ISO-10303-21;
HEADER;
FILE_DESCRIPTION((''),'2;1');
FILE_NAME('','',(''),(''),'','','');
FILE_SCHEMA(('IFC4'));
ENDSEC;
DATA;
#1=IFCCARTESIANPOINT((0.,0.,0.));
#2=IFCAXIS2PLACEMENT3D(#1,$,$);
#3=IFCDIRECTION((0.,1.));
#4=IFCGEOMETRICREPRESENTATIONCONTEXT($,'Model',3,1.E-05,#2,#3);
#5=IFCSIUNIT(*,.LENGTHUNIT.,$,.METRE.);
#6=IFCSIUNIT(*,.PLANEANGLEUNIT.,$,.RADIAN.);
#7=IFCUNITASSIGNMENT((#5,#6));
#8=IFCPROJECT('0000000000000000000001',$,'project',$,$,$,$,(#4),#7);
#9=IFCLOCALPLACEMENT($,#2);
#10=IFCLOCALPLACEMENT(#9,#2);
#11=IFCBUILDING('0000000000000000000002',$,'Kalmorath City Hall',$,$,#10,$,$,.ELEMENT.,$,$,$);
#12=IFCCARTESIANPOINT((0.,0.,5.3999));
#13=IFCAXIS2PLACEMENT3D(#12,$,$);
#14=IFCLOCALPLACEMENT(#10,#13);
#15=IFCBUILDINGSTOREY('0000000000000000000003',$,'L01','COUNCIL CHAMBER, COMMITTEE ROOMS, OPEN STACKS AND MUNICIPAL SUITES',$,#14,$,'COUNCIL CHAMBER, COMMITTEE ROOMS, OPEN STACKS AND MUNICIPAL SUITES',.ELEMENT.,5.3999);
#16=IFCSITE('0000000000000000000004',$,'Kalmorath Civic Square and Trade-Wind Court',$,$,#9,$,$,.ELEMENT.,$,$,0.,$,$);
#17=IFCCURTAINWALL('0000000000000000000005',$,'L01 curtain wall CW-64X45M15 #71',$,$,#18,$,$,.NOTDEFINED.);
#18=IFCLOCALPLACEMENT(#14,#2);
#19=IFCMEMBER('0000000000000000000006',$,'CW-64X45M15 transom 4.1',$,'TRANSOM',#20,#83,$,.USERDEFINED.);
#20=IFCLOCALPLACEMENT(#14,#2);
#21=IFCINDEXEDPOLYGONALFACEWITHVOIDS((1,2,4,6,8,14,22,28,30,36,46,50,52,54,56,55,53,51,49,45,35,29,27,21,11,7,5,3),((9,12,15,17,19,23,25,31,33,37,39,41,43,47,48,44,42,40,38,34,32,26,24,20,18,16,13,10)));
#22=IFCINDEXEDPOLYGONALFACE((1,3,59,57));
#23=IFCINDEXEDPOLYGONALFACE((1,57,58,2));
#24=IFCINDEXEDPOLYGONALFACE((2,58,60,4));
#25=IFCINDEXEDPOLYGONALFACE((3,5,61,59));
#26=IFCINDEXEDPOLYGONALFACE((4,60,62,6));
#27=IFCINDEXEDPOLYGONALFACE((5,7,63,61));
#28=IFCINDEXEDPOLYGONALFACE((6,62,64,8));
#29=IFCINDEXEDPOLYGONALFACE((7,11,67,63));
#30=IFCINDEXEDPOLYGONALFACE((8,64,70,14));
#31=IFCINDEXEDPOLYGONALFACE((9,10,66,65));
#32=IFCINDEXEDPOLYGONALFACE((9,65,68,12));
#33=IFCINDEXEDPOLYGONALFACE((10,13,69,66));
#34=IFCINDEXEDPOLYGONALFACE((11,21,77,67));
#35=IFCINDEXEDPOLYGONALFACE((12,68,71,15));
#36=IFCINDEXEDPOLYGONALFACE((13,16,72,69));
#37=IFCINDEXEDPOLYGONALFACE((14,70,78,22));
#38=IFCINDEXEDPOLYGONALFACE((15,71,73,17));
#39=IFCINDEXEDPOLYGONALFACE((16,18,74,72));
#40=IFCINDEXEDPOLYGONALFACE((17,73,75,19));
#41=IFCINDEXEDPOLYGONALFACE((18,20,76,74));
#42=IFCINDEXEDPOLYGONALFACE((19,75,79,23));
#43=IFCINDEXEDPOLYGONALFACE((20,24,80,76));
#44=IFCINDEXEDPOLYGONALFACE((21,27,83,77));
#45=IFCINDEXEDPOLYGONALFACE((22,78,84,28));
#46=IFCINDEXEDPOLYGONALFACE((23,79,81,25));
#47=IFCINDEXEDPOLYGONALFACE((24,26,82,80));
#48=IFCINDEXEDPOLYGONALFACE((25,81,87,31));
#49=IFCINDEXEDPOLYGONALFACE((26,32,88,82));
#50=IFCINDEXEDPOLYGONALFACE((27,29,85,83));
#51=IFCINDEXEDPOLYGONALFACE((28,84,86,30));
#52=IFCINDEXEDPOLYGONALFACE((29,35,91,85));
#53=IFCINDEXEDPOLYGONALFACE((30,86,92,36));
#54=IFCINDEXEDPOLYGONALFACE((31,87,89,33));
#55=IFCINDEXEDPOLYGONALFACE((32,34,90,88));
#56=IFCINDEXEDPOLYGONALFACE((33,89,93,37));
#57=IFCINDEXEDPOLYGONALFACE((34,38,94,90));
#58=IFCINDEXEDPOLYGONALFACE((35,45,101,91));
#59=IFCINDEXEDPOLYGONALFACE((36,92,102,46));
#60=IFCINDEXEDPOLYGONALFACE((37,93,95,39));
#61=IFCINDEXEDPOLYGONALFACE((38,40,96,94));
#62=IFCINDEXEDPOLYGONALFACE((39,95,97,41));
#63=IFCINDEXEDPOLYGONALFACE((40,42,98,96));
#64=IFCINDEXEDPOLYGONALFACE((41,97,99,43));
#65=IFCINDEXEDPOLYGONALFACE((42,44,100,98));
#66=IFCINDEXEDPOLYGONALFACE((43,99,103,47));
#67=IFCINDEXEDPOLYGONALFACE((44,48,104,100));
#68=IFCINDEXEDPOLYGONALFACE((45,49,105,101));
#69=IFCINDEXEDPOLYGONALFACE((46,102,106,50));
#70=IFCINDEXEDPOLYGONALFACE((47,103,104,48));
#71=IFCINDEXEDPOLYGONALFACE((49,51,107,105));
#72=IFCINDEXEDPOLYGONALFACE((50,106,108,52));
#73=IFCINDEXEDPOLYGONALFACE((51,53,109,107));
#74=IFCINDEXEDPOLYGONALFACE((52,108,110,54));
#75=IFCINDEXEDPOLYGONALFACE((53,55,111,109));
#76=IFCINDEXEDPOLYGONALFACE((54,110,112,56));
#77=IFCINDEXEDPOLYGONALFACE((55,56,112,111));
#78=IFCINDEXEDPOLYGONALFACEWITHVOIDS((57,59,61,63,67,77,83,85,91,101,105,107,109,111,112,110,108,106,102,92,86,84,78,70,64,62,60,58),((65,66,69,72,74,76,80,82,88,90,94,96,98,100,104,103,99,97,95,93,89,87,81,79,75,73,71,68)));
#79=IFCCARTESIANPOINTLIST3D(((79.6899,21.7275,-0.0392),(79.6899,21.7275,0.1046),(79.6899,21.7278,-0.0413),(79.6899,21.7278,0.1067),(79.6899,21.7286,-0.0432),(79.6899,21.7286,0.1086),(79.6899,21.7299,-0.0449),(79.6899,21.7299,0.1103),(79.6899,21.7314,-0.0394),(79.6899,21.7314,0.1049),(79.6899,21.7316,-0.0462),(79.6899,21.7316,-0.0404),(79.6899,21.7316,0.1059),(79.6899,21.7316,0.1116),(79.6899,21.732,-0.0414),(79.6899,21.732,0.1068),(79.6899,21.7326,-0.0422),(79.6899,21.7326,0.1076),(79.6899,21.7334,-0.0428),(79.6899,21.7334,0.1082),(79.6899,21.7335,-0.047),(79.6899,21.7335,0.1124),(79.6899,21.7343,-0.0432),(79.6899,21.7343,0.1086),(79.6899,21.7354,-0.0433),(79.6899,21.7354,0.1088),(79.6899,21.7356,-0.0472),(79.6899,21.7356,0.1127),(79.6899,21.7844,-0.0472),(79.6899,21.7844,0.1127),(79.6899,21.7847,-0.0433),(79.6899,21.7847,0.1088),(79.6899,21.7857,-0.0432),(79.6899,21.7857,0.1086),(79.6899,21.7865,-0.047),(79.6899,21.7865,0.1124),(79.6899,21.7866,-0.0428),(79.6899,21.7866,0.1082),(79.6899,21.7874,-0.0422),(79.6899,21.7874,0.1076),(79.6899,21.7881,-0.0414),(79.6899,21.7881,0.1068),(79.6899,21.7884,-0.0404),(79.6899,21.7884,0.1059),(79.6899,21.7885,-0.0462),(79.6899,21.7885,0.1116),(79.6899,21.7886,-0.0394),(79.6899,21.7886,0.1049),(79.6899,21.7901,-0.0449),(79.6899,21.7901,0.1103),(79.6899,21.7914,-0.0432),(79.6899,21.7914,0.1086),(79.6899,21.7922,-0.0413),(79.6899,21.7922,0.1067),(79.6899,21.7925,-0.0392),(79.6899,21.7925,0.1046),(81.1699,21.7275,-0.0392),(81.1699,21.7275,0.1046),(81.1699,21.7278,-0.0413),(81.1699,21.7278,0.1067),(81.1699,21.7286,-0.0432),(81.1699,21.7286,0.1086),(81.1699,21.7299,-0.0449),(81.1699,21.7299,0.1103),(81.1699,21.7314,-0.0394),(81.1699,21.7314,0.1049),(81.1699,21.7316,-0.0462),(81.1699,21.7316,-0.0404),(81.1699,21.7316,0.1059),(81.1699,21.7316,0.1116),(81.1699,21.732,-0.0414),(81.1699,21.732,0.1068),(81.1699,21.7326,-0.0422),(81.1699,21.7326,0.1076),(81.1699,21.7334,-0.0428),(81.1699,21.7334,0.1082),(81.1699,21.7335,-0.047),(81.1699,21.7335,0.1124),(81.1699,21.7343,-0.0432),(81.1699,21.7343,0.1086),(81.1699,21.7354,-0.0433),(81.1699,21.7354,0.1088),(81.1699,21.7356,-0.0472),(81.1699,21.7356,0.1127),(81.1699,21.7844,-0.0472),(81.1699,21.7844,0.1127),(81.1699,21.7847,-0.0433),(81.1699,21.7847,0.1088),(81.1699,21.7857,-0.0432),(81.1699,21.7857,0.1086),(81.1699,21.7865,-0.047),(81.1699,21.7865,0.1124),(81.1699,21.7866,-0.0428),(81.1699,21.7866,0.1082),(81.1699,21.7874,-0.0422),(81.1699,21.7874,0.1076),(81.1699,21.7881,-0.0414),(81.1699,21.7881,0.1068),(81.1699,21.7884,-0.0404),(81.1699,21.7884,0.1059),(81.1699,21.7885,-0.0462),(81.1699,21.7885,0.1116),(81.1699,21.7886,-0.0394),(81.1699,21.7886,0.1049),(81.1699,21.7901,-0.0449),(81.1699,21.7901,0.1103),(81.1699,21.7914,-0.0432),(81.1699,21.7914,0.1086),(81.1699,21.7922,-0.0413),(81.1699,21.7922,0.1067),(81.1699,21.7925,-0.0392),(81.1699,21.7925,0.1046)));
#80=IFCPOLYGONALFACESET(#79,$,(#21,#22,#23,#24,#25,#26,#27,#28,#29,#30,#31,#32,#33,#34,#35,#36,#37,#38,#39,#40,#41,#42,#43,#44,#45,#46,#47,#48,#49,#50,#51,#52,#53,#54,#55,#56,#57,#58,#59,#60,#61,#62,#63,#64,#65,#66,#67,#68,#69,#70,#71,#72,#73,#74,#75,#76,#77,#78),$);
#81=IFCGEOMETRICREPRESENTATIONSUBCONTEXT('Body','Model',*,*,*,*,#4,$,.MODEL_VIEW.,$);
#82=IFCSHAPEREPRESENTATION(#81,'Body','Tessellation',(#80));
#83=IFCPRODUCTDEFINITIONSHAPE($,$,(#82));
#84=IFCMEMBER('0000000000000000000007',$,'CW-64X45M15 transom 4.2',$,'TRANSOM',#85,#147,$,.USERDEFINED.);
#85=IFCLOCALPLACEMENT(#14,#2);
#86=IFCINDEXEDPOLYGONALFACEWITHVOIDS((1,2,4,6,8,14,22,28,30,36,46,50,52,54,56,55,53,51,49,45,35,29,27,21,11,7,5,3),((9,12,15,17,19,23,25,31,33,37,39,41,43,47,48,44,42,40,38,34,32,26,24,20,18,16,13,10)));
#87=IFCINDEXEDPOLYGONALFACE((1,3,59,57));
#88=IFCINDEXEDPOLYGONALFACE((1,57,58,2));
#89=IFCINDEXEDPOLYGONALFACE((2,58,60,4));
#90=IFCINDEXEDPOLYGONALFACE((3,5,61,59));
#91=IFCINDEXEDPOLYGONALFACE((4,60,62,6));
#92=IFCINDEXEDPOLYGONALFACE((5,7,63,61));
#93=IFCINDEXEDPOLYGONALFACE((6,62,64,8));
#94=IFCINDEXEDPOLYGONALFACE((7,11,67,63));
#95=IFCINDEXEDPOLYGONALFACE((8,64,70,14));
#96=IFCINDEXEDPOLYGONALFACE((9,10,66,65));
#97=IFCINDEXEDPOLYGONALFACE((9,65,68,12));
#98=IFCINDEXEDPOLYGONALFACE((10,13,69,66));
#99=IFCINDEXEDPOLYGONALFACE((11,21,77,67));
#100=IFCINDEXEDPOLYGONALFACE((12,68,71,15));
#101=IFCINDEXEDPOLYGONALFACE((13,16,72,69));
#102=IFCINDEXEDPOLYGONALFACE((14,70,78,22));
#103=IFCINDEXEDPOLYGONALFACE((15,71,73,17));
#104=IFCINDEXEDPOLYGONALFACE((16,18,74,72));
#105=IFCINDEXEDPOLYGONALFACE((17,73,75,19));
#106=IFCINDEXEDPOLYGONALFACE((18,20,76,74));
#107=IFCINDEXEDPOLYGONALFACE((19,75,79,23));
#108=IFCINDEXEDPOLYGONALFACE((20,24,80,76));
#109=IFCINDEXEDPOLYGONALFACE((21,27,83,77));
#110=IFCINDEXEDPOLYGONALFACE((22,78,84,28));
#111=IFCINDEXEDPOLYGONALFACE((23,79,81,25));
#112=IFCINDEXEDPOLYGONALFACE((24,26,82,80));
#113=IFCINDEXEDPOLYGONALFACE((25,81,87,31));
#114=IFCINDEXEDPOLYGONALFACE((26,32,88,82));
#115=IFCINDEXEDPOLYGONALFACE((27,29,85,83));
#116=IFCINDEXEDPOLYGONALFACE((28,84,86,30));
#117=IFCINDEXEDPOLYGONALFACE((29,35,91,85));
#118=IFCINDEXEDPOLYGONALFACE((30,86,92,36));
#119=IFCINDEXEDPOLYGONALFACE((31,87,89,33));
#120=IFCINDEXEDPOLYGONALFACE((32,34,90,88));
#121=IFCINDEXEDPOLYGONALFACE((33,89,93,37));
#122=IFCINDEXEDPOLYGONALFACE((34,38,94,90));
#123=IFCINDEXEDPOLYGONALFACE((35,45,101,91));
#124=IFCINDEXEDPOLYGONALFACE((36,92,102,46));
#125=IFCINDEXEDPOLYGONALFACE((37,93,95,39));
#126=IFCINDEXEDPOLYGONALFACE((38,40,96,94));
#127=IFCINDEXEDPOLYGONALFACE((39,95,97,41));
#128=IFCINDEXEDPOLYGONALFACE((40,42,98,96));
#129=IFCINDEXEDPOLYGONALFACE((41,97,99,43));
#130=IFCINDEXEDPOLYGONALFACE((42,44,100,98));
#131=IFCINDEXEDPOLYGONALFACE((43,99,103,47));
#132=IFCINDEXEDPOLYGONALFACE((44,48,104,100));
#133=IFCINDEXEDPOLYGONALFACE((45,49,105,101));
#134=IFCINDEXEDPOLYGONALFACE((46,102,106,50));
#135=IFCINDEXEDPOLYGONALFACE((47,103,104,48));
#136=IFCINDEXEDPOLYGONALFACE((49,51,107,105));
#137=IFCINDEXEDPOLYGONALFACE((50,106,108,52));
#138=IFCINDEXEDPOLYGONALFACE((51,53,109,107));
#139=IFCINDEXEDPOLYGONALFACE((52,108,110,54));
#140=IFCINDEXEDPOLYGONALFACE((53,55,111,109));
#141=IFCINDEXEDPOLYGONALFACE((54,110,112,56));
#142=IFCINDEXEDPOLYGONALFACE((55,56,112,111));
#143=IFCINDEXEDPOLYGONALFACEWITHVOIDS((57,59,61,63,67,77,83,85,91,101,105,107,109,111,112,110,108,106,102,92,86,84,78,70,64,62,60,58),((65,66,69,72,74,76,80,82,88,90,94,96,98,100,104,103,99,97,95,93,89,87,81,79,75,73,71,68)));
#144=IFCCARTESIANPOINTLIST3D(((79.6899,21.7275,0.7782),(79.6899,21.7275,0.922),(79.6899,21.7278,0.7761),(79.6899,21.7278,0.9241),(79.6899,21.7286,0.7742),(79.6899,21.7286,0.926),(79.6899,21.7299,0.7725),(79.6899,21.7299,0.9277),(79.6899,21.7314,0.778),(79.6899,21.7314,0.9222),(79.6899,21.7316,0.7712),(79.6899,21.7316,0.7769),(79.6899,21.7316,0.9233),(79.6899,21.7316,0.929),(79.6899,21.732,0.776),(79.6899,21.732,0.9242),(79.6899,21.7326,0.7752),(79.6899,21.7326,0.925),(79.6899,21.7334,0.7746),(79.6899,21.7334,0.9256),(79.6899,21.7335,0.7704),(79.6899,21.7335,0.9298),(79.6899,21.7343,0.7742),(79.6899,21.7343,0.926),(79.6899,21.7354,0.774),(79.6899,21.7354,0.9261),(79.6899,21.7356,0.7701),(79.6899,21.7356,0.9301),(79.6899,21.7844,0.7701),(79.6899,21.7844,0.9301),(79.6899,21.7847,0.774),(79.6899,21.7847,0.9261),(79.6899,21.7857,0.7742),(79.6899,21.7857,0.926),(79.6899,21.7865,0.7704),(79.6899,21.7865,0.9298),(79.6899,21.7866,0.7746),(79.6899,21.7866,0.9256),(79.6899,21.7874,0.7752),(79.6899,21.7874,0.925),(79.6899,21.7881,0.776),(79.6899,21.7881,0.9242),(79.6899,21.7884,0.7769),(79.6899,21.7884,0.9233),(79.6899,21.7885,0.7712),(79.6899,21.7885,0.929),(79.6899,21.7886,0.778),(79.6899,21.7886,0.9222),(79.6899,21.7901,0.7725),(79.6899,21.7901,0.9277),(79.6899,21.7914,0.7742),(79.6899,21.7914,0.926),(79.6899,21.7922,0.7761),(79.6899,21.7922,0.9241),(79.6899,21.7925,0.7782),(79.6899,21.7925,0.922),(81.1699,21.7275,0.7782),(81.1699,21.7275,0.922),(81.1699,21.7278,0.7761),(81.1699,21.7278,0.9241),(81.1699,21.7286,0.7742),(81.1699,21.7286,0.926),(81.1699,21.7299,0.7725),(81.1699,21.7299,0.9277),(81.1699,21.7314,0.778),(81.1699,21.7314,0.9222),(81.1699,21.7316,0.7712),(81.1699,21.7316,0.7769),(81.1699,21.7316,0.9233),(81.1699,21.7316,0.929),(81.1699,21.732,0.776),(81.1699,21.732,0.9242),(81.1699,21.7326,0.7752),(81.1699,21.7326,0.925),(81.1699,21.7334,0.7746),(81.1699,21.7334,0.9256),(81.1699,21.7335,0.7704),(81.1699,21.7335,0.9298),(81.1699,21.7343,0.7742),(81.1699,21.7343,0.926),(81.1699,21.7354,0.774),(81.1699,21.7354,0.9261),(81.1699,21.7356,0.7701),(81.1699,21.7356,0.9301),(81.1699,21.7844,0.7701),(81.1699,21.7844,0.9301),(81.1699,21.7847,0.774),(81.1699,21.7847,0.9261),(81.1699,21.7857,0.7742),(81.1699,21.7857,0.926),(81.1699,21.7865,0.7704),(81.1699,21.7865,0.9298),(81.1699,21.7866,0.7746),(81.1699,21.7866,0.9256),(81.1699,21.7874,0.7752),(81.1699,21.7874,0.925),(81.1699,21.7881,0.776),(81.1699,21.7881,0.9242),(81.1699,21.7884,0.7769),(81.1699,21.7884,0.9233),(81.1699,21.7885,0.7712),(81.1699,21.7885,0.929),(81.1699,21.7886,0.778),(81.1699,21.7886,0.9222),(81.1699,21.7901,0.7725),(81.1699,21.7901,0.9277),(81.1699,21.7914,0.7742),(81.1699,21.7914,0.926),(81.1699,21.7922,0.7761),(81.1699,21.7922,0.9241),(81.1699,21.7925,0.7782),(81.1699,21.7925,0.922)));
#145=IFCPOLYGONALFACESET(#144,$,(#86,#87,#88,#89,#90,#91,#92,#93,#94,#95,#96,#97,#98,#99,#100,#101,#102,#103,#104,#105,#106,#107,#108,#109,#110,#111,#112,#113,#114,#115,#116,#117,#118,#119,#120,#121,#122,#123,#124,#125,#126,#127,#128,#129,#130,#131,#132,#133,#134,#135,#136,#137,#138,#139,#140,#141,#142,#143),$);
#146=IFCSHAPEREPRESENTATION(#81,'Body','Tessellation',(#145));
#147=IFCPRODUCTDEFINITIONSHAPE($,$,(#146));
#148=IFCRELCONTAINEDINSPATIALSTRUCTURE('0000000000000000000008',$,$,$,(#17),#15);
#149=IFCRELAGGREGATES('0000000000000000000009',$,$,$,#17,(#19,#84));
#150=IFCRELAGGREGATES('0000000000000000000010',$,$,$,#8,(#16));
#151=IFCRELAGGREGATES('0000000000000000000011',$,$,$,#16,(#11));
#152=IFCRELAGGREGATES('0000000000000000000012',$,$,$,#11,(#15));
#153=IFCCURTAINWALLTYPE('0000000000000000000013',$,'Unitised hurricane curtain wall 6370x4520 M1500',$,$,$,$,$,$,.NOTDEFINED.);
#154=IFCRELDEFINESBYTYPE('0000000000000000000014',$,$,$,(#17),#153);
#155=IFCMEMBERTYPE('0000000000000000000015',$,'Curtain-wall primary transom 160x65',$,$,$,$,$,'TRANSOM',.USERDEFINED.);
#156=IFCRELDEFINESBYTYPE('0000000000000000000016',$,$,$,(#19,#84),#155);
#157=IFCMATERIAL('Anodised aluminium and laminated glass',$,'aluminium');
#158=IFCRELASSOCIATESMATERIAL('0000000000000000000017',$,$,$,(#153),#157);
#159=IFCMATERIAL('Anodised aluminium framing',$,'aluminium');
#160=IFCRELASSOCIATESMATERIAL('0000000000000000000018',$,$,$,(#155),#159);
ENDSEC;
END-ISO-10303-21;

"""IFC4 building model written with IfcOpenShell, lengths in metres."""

from ifc_helpers import new_model, si_unit, direction, frame, origin, origin_2d, place, context, subcontext, project, spatial, hollow_rectangle, extrude, material, material_profile, profile_set, type_object, element, aggregate, save


model = new_model("IFC4")

# Units and contexts
model_context = context("Model", 3, precision=1e-05, world=origin(), true_north=direction((0.0, 1.0)))
body_context = subcontext(model_context, "Body", "Model", "MODEL_VIEW")
ifc_project = project(units=[si_unit("LENGTHUNIT", "METRE"), si_unit("PLANEANGLEUNIT", "RADIAN")], contexts=[model_context])

# Site, building, storey
site_placement = place(None, origin())
site = spatial("IfcSite", under=ifc_project, at=site_placement, Name="Kalmorath Civic Square and Trade-Wind Court", CompositionType="ELEMENT", RefElevation=0.0)
building_placement = place(site_placement, origin())
building = spatial("IfcBuilding", under=site, at=building_placement, Name="Kalmorath City Hall", CompositionType="ELEMENT")
storey_placement = place(building_placement, frame((0.0, 0.0, 5.3999)))
storey = spatial("IfcBuildingStorey", under=building, at=storey_placement, Name="L01", Description="COUNCIL CHAMBER, COMMITTEE ROOMS, OPEN STACKS AND MUNICIPAL SUITES", LongName="COUNCIL CHAMBER, COMMITTEE ROOMS, OPEN STACKS AND MUNICIPAL SUITES", CompositionType="ELEMENT", Elevation=5.3999)

# Curtain wall, members
ifc_material_1 = material(Name="Anodised aluminium and laminated glass", Category="aluminium")
curtain_wall_type = type_object("IfcCurtainWallType", Name="Unitised hurricane curtain wall 6370x4520 M1500", PredefinedType="NOTDEFINED", material=ifc_material_1)
curtain_wall_placement = place(storey_placement, origin())
curtain_wall = element("IfcCurtainWall", 1, at=curtain_wall_placement, inside=storey, type_object=curtain_wall_type, Name="L01 curtain wall CW-64X45M15 #71", PredefinedType="NOTDEFINED")
ifc_material_2 = material(Name="Anodised aluminium framing", Category="aluminium")
ifc_material_profile_1 = material_profile(ifc_material_2, hollow_rectangle(XDim=0.0649, YDim=0.1599, WallThickness=0.0039, InnerFilletRadius=0.0039, OuterFilletRadius=0.0081, at=origin_2d()), Name="ALU-TRN-160X65X4")
ifc_profile_set_1 = profile_set([ifc_material_profile_1], Name="Anodised aluminium framing")
member_type_1 = type_object("IfcMemberType", Name="Curtain-wall primary transom 160x65", ElementType="TRANSOM", PredefinedType="USERDEFINED", material=ifc_profile_set_1)
member_1_placement = place(storey_placement, frame((81.1699, 21.76, 0.0327), z_axis=(-1.0, 0.0, 0.0), x_axis=(0.0, -1.0, 0.0)))
member_1 = element("IfcMember", 2, at=member_1_placement, type_object=member_type_1, Name="CW-64X45M15 transom 4.1", ObjectType="TRANSOM", PredefinedType="USERDEFINED", context=body_context, shape_type="SweptSolid", body=[
    extrude(hollow_rectangle(XDim=0.0649, YDim=0.1599, WallThickness=0.0039, InnerFilletRadius=0.0039, OuterFilletRadius=0.0081, at=origin_2d()), origin(), (0.0, 0.0, 1.0), 1.48),
])
member_2_placement = place(storey_placement, frame((81.1699, 21.76, 0.8501), z_axis=(-1.0, 0.0, 0.0), x_axis=(0.0, -1.0, 0.0)))
member_2 = element("IfcMember", 3, at=member_2_placement, type_object=member_type_1, Name="CW-64X45M15 transom 4.2", ObjectType="TRANSOM", PredefinedType="USERDEFINED", context=body_context, shape_type="SweptSolid", body=[
    extrude(hollow_rectangle(XDim=0.0649, YDim=0.1599, WallThickness=0.0039, InnerFilletRadius=0.0039, OuterFilletRadius=0.0081, at=origin_2d()), origin(), (0.0, 0.0, 1.0), 1.48),
])

aggregate(curtain_wall, [member_1, member_2])

save(model, "model.ifc")
